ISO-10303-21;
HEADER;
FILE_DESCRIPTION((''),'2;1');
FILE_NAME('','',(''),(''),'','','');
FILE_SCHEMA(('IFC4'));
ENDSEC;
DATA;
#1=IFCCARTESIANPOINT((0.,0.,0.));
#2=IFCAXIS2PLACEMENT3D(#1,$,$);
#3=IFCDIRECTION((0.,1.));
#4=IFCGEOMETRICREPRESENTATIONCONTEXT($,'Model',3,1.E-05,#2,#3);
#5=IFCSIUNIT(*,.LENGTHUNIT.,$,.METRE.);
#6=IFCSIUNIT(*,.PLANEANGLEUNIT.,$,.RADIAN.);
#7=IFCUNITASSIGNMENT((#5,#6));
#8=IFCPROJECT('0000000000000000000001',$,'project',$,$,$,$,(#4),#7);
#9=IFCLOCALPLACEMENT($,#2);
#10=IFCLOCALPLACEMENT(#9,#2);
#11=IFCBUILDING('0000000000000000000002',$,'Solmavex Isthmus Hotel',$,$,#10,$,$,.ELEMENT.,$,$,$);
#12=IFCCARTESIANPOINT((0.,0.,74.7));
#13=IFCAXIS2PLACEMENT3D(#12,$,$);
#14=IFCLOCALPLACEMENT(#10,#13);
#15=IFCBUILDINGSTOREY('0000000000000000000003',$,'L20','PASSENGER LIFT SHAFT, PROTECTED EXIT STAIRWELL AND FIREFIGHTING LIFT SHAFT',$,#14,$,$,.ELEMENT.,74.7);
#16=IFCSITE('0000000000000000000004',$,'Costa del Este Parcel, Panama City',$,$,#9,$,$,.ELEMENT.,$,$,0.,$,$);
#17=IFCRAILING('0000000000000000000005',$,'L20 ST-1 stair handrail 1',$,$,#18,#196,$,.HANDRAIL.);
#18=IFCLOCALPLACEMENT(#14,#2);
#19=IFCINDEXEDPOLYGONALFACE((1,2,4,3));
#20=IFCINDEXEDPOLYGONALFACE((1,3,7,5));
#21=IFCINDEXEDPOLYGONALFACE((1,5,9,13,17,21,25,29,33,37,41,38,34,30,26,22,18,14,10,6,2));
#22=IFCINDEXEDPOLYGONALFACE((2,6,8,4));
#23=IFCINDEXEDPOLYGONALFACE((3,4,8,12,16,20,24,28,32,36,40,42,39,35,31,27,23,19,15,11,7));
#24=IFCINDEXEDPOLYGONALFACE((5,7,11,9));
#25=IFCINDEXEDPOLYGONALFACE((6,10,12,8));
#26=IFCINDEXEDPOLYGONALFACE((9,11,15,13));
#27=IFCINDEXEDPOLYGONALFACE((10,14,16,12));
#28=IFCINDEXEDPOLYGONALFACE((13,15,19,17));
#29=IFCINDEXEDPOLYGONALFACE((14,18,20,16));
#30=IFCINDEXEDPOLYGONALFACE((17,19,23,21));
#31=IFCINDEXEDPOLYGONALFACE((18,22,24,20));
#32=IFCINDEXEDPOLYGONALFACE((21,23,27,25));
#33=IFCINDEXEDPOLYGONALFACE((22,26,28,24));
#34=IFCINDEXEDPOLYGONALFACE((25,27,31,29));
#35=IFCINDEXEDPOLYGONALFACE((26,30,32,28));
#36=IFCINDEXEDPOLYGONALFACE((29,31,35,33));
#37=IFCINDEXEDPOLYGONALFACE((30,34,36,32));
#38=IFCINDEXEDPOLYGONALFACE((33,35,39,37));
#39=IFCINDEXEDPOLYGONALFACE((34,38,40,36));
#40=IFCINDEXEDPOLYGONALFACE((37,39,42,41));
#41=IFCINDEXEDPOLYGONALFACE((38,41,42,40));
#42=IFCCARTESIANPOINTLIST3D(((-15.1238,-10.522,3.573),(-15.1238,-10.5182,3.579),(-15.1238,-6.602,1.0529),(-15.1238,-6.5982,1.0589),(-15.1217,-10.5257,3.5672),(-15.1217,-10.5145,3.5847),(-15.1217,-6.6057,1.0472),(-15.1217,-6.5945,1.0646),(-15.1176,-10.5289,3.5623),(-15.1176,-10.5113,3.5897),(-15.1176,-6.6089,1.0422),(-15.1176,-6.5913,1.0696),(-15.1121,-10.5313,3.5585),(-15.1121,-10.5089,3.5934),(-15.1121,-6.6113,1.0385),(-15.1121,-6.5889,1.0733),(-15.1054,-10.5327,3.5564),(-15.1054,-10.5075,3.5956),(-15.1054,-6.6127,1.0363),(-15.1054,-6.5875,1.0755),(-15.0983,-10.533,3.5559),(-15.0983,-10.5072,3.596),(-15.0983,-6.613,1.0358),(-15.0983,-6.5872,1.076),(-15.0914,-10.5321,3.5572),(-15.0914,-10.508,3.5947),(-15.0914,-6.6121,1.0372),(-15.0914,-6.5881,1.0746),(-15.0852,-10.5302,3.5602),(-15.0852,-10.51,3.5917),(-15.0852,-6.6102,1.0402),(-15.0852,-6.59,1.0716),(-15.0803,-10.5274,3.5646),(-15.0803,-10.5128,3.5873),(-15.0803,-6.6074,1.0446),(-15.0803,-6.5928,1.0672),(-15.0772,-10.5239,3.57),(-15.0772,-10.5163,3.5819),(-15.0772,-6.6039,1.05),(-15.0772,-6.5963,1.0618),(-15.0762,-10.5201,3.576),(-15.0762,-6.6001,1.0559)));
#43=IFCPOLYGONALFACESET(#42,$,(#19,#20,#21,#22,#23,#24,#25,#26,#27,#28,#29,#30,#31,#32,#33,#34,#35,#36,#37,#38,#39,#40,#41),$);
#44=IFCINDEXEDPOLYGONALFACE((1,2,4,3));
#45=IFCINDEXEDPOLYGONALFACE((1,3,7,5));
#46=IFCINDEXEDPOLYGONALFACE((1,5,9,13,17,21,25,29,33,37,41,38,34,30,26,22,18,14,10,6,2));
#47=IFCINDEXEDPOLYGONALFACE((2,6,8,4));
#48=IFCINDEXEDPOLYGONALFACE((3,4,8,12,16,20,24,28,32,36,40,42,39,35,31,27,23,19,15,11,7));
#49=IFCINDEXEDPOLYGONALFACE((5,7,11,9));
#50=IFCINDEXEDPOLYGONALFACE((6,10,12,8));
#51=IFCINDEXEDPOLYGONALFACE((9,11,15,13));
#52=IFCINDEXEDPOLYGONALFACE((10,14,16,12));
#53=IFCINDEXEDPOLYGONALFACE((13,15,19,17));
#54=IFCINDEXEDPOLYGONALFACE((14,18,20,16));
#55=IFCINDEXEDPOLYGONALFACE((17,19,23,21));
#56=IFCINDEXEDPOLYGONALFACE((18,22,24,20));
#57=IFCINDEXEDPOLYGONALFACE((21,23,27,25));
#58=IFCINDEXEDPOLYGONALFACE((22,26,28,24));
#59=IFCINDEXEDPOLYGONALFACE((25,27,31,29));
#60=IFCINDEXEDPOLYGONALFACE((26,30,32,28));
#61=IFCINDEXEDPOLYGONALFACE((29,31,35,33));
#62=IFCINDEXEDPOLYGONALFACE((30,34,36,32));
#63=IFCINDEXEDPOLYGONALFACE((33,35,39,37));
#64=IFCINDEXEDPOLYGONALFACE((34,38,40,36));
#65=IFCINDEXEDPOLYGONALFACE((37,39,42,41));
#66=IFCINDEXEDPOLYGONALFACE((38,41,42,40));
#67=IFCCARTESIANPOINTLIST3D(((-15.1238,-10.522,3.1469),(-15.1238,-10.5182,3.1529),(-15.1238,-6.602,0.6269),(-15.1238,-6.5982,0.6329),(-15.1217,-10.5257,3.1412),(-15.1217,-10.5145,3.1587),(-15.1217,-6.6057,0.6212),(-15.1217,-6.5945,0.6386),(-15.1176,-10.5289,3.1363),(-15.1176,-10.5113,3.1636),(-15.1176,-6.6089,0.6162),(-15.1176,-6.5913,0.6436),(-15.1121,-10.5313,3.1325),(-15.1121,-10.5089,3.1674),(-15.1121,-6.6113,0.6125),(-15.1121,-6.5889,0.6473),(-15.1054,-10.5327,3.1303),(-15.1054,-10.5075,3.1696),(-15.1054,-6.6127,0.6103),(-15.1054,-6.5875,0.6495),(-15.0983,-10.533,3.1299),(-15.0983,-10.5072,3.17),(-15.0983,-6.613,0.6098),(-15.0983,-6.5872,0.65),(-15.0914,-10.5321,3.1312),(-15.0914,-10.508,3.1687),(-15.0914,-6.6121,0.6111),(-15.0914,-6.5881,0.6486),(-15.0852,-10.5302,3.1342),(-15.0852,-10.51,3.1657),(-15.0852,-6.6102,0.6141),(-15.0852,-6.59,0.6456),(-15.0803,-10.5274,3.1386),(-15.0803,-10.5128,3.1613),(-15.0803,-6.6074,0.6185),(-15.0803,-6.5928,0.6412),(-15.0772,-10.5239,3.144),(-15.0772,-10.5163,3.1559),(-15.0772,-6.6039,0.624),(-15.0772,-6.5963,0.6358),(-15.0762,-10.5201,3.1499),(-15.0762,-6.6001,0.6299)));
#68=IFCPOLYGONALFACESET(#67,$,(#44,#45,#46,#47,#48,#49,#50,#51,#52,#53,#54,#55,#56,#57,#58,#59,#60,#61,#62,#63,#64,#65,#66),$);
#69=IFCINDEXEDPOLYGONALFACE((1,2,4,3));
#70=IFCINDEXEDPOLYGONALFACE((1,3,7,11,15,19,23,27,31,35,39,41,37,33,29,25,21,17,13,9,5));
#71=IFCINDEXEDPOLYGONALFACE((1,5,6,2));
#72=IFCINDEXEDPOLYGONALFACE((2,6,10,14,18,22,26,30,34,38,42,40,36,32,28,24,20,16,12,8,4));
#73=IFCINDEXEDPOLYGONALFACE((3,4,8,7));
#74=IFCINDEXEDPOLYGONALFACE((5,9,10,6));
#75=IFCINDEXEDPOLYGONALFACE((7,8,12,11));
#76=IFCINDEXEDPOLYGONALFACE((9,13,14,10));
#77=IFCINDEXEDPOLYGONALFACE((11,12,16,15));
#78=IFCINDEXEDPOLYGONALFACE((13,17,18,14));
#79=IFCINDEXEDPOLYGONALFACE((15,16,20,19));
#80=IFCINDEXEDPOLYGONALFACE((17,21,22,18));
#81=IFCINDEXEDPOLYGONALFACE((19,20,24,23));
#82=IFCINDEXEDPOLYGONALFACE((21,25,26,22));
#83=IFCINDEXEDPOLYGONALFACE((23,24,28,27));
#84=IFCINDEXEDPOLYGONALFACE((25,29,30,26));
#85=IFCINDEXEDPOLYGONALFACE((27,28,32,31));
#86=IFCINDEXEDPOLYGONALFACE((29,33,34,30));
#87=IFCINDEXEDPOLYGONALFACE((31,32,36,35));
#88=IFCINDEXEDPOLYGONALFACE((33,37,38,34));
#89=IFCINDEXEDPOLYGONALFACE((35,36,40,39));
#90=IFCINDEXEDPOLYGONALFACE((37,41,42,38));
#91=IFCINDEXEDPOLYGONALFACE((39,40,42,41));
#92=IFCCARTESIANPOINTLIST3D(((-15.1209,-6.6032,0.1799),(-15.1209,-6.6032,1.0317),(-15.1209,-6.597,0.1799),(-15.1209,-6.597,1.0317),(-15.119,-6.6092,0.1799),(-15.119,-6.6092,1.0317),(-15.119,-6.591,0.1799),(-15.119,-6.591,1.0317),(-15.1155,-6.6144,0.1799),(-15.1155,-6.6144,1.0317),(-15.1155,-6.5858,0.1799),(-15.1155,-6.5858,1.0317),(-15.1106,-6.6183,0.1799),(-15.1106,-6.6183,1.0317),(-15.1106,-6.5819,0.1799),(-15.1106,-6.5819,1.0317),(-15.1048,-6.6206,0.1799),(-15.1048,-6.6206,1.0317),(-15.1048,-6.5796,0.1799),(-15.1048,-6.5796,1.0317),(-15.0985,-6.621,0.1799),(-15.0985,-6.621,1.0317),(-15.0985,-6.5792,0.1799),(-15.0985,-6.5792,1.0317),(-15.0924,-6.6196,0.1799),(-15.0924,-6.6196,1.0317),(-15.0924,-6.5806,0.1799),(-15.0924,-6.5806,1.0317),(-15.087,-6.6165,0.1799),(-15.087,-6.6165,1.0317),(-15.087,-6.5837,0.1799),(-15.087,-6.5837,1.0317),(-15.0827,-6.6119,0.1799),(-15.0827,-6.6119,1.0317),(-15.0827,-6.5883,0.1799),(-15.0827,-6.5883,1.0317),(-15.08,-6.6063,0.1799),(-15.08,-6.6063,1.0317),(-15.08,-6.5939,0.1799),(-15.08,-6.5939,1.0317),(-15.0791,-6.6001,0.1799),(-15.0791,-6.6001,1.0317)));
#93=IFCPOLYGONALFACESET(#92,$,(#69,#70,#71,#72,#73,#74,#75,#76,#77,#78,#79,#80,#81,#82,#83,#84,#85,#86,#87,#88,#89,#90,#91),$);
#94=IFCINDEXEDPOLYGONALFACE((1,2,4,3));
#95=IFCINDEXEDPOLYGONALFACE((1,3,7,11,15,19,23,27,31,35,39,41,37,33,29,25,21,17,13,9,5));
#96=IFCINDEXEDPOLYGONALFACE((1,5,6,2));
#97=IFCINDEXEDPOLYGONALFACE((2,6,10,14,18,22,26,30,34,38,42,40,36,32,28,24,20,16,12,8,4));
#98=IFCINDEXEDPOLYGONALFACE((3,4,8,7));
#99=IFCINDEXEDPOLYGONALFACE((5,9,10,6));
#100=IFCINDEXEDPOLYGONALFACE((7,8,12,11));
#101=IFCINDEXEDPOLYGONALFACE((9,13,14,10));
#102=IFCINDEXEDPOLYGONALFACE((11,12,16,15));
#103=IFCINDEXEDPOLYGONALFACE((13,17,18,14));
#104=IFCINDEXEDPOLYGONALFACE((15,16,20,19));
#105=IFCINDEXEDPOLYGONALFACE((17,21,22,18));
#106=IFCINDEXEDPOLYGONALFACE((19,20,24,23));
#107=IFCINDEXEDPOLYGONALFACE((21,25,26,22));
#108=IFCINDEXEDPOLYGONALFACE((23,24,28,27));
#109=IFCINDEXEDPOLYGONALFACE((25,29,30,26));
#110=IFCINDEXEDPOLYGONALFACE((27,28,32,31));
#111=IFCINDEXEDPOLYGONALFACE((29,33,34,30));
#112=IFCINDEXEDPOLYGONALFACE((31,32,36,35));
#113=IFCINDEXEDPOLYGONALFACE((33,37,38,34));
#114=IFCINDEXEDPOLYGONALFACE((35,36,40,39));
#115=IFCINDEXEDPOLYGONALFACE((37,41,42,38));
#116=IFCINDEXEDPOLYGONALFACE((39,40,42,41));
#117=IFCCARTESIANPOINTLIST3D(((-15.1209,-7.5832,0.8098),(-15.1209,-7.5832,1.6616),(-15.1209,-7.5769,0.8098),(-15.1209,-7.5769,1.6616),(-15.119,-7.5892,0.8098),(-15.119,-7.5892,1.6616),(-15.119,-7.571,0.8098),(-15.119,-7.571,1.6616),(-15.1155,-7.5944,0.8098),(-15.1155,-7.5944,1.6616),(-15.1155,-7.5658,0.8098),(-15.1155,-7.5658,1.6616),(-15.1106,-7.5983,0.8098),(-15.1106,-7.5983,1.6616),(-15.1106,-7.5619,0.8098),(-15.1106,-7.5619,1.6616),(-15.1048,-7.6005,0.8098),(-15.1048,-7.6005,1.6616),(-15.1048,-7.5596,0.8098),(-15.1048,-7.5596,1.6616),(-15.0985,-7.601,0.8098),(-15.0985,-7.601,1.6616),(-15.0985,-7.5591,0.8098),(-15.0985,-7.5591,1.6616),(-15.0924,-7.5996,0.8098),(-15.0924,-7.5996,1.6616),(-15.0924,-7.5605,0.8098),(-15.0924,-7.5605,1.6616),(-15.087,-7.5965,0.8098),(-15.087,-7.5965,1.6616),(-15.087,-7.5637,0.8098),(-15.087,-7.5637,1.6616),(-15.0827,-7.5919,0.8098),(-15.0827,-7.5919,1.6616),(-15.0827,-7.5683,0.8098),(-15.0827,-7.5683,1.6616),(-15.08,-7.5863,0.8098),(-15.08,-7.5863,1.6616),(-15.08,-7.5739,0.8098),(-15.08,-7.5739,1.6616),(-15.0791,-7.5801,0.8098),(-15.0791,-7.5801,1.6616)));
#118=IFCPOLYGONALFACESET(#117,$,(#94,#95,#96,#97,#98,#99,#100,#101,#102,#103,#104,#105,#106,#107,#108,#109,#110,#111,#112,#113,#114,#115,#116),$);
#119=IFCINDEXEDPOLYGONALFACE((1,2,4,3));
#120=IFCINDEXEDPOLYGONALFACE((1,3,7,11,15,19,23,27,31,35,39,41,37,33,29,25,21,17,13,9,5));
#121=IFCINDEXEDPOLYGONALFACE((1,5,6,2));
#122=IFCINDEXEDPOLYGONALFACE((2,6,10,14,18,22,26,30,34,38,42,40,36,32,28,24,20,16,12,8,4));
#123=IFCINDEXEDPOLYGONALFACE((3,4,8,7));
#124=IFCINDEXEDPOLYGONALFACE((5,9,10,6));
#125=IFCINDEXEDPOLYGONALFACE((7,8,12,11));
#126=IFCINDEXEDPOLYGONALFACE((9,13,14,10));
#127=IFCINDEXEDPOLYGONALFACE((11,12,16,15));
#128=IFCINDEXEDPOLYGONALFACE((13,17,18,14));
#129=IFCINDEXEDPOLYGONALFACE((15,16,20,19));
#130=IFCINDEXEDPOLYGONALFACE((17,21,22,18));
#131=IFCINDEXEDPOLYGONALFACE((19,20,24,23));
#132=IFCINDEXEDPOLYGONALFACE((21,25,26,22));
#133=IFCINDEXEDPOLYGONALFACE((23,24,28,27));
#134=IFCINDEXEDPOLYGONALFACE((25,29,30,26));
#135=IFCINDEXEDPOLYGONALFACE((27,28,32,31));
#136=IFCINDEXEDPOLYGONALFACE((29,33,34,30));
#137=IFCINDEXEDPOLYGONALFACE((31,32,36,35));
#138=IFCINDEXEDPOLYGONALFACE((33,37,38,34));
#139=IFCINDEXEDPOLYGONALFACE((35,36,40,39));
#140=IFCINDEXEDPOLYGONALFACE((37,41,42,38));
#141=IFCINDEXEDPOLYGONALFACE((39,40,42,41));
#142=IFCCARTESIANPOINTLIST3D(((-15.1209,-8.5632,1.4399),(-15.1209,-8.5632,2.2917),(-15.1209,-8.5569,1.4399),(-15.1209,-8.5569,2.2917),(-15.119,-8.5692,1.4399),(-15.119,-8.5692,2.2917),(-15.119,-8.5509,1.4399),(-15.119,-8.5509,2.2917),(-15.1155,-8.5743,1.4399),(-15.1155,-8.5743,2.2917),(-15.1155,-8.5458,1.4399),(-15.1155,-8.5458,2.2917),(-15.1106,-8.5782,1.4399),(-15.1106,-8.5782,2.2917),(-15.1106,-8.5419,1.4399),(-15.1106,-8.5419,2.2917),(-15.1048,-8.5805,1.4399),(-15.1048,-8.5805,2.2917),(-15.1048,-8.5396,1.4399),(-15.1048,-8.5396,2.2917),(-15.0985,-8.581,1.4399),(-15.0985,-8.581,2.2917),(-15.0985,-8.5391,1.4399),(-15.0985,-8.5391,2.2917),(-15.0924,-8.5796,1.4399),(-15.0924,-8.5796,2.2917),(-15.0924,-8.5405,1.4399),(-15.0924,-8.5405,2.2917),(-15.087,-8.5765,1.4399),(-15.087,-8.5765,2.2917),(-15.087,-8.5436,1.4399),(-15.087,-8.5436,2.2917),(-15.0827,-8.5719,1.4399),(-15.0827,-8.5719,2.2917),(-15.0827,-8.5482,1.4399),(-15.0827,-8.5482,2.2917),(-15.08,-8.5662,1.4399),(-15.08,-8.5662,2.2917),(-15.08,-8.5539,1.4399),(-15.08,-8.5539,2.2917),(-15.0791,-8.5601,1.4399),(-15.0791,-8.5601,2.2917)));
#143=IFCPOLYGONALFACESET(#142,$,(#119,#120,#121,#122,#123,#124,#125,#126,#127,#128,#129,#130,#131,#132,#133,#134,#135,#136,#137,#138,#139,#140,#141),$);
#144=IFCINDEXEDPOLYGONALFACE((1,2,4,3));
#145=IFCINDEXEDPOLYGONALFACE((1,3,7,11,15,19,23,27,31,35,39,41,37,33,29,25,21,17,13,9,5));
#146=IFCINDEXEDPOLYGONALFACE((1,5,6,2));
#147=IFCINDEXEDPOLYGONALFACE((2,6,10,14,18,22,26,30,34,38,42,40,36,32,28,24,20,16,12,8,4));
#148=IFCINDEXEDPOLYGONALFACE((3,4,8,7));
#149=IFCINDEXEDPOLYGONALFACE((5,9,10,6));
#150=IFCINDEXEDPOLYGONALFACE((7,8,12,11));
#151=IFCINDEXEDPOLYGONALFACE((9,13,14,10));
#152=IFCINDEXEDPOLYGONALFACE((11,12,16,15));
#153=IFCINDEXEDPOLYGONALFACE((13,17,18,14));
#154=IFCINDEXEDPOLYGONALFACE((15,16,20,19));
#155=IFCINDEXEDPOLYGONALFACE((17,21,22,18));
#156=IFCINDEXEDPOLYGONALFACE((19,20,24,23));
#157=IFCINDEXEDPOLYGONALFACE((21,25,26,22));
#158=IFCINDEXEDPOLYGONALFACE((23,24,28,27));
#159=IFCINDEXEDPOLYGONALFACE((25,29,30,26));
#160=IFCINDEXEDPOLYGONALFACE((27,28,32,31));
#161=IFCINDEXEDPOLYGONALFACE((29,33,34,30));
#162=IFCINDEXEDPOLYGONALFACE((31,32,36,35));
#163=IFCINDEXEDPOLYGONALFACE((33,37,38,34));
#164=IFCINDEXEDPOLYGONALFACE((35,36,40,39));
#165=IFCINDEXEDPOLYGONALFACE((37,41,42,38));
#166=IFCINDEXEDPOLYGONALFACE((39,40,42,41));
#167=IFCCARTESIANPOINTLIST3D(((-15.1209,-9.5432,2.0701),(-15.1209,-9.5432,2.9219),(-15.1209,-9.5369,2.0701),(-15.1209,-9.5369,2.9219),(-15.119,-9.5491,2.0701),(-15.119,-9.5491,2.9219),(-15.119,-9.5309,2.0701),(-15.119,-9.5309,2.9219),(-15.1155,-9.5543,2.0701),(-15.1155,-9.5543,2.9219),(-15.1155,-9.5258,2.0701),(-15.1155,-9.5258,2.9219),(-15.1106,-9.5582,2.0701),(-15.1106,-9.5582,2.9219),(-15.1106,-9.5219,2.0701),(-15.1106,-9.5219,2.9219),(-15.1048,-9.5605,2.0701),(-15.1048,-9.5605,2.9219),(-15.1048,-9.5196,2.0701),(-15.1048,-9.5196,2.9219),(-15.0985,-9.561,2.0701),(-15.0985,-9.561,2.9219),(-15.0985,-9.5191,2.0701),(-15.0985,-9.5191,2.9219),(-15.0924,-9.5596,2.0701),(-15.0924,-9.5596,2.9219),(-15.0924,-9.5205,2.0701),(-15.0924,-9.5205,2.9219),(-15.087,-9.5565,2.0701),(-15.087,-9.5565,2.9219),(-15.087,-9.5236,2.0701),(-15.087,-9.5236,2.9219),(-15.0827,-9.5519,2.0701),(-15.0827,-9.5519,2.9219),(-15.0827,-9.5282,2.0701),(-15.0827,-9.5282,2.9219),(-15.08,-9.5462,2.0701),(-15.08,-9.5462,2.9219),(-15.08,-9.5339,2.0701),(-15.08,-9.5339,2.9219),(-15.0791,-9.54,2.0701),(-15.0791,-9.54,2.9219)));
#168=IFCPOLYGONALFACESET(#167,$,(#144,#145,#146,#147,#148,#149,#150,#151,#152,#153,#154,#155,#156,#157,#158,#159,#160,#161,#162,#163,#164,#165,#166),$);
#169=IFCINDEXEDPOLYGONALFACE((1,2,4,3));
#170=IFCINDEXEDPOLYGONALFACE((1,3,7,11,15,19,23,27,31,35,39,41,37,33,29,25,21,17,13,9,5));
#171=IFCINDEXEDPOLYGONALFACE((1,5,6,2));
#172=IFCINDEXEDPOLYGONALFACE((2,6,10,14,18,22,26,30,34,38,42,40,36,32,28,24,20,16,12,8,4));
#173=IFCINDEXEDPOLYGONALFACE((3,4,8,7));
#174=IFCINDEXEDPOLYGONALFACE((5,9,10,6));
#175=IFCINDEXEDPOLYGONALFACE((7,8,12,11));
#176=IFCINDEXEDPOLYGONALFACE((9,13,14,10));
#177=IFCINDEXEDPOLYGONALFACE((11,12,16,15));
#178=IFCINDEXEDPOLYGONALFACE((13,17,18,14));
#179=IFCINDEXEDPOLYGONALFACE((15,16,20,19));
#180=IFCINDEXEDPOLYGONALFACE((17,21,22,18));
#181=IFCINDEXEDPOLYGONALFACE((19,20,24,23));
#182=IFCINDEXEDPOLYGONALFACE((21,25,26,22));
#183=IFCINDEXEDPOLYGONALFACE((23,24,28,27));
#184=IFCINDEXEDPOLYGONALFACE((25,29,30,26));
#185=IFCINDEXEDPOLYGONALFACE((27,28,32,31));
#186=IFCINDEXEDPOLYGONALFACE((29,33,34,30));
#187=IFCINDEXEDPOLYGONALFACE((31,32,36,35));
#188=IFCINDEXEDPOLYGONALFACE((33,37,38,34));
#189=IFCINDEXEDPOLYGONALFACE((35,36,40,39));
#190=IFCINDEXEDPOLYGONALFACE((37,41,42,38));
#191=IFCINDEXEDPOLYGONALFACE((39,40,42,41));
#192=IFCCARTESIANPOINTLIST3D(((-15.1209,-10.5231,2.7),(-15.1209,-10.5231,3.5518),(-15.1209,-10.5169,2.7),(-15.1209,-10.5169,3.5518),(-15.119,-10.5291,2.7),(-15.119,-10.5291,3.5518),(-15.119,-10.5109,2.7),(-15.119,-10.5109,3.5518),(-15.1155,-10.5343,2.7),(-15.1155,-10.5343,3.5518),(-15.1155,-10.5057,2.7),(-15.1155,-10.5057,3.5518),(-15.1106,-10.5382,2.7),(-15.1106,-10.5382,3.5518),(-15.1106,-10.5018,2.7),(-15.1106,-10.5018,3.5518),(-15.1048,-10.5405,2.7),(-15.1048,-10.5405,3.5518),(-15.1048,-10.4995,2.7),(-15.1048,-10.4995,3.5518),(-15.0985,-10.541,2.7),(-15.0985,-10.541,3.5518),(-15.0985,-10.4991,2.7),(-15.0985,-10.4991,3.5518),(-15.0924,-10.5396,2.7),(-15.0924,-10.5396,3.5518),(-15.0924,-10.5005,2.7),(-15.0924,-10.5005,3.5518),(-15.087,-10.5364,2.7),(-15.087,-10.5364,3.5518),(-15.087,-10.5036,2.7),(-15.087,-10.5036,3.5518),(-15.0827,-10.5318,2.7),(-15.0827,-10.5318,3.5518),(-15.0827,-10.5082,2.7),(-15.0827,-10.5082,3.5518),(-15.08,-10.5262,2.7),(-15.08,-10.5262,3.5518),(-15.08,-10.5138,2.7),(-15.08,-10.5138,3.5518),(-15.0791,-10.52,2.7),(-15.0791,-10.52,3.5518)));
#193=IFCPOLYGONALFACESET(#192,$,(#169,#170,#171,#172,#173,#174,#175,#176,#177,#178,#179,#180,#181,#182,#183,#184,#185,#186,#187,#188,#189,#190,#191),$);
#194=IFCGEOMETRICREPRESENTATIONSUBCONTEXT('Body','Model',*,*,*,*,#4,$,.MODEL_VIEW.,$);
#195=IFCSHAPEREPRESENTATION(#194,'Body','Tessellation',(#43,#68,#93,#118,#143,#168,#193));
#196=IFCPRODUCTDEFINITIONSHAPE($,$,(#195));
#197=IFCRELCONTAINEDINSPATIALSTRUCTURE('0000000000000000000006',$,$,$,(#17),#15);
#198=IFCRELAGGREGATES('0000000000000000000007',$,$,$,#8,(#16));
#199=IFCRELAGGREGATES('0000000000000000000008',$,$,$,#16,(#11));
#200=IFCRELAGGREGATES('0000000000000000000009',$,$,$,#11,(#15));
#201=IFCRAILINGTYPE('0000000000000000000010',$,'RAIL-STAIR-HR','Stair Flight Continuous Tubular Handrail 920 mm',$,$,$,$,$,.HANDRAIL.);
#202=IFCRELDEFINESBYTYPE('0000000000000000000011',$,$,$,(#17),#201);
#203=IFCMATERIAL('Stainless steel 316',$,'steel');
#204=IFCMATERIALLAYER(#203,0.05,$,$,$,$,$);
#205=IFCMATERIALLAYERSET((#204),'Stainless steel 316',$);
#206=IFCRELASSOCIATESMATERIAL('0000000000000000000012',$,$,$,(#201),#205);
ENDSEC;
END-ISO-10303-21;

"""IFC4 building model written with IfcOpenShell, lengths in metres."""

from ifc_helpers import new_model, si_unit, direction, frame, origin, origin_2d, place, context, subcontext, project, spatial, circle, extrude, material, layer, layer_set, type_object, element, save


model = new_model("IFC4")

# Units and contexts
model_context = context("Model", 3, precision=1e-05, world=origin(), true_north=direction((0.0, 1.0)))
body_context = subcontext(model_context, "Body", "Model", "MODEL_VIEW")
ifc_project = project(units=[si_unit("LENGTHUNIT", "METRE"), si_unit("PLANEANGLEUNIT", "RADIAN")], contexts=[model_context])

# Site, building, storey
site_placement = place(None, origin())
site = spatial("IfcSite", under=ifc_project, at=site_placement, Name="Costa del Este Parcel, Panama City", CompositionType="ELEMENT", RefElevation=0.0)
building_placement = place(site_placement, origin())
building = spatial("IfcBuilding", under=site, at=building_placement, Name="Solmavex Isthmus Hotel", CompositionType="ELEMENT")
storey_placement = place(building_placement, frame((0.0, 0.0, 74.7)))
storey = spatial("IfcBuildingStorey", under=building, at=storey_placement, Name="L20", Description="PASSENGER LIFT SHAFT, PROTECTED EXIT STAIRWELL AND FIREFIGHTING LIFT SHAFT", CompositionType="ELEMENT", Elevation=74.7)

# Railing
ifc_material_1 = material(Name="Stainless steel 316", Category="steel")
ifc_layer_1 = layer(ifc_material_1, 0.05)
ifc_layer_set_1 = layer_set([ifc_layer_1], Name="Stainless steel 316")
railing_type_1 = type_object("IfcRailingType", Name="RAIL-STAIR-HR", Description="Stair Flight Continuous Tubular Handrail 920 mm", PredefinedType="HANDRAIL", material=ifc_layer_set_1)
railing_1_placement = place(storey_placement, frame((-15.1001, -6.6001, 0.1799)))
element("IfcRailing", 1, at=railing_1_placement, inside=storey, type_object=railing_type_1, Name="L20 ST-1 stair handrail 1", PredefinedType="HANDRAIL", context=body_context, shape_type="SweptSolid", body=[
    extrude(circle(Radius=0.0239, at=origin_2d()), frame((0.0, 0.0, 0.876), z_axis=(0.0, -0.841172, 0.540768), x_axis=(1.0, 0.0, 0.0)), (0.0, 0.0, 1.0), 4.6602),
    extrude(circle(Radius=0.0239, at=origin_2d()), frame((0.0, 0.0, 0.45), z_axis=(0.0, -0.841172, 0.540768), x_axis=(1.0, 0.0, 0.0)), (0.0, 0.0, 1.0), 4.6602),
    extrude(circle(Radius=0.021, at=origin_2d()), origin(), (0.0, 0.0, 1.0), 0.8518),
    extrude(circle(Radius=0.021, at=origin_2d()), frame((0.0, -0.98, 0.6299)), (0.0, 0.0, 1.0), 0.8518),
    extrude(circle(Radius=0.021, at=origin_2d()), frame((0.0, -1.96, 1.26)), (0.0, 0.0, 1.0), 0.8518),
    extrude(circle(Radius=0.021, at=origin_2d()), frame((0.0, -2.9399, 1.8901)), (0.0, 0.0, 1.0), 0.8518),
    extrude(circle(Radius=0.021, at=origin_2d()), frame((0.0, -3.9199, 2.52)), (0.0, 0.0, 1.0), 0.8518),
])

save(model, "model.ifc")
